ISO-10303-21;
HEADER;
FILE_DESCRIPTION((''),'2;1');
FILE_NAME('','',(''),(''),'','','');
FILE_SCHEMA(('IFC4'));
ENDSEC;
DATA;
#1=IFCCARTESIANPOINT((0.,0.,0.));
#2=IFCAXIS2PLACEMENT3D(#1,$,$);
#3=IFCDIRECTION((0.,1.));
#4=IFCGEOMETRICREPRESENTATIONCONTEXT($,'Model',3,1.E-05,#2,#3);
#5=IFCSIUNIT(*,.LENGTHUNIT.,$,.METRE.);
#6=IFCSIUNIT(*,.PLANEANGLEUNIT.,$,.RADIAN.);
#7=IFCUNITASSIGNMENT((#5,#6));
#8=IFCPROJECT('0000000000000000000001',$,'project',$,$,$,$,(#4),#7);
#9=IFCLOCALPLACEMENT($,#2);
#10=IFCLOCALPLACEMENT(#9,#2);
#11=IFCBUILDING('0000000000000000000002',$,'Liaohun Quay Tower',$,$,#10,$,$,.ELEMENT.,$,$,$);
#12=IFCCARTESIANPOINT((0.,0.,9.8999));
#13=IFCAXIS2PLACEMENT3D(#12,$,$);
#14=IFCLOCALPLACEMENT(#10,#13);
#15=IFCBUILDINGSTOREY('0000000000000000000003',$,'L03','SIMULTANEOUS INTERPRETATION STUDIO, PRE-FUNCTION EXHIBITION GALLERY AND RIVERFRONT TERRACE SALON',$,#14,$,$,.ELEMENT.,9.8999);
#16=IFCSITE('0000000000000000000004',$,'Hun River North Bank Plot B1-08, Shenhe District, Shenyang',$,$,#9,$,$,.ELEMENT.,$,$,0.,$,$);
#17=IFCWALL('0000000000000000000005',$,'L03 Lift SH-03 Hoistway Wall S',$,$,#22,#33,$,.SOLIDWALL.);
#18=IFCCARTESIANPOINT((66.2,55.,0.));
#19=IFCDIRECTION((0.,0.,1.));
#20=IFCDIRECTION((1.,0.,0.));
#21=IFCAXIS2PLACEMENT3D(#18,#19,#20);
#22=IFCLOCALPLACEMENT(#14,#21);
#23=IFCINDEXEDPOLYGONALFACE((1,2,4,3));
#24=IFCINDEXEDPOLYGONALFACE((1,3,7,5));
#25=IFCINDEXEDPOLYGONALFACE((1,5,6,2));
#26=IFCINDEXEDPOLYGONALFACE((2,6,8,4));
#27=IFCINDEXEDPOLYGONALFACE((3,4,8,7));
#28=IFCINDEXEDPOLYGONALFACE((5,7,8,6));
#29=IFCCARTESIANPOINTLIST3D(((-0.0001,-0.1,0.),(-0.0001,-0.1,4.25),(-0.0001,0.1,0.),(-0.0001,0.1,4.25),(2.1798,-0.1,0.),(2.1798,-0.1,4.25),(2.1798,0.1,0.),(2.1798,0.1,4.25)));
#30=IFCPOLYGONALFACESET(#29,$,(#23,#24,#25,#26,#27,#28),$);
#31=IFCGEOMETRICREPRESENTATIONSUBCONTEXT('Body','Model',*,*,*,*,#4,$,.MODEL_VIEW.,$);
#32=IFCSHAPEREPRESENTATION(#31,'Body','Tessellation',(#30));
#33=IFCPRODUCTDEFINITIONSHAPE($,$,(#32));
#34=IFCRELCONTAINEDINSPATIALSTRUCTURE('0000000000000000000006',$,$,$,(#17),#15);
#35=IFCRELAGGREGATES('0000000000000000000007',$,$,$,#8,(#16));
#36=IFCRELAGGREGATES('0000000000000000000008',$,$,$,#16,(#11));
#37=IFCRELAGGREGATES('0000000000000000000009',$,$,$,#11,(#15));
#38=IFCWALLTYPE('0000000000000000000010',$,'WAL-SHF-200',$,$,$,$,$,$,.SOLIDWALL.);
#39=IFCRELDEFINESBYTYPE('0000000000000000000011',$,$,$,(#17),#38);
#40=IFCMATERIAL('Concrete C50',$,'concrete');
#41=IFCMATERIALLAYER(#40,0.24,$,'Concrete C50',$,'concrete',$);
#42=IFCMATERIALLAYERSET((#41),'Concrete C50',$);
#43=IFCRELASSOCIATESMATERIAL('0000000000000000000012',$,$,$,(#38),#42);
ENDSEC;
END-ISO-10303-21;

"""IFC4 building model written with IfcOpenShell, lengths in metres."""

from ifc_helpers import new_model, si_unit, direction, frame, frame_2d, origin, place, context, subcontext, project, spatial, rectangle, extrude, material, layer, layer_set, type_object, element, save


model = new_model("IFC4")

# Units and contexts
model_context = context("Model", 3, precision=1e-05, world=origin(), true_north=direction((0.0, 1.0)))
body_context = subcontext(model_context, "Body", "Model", "MODEL_VIEW")
ifc_project = project(units=[si_unit("LENGTHUNIT", "METRE"), si_unit("PLANEANGLEUNIT", "RADIAN")], contexts=[model_context])

# Site, building, storey
site_placement = place(None, origin())
site = spatial("IfcSite", under=ifc_project, at=site_placement, Name="Hun River North Bank Plot B1-08, Shenhe District, Shenyang", CompositionType="ELEMENT", RefElevation=0.0)
building_placement = place(site_placement, origin())
building = spatial("IfcBuilding", under=site, at=building_placement, Name="Liaohun Quay Tower", CompositionType="ELEMENT")
storey_placement = place(building_placement, frame((0.0, 0.0, 9.8999)))
storey = spatial("IfcBuildingStorey", under=building, at=storey_placement, Name="L03", Description="SIMULTANEOUS INTERPRETATION STUDIO, PRE-FUNCTION EXHIBITION GALLERY AND RIVERFRONT TERRACE SALON", CompositionType="ELEMENT", Elevation=9.8999)

# Shared definitions
ifc_material_1 = material(Name="Concrete C50", Category="concrete")
ifc_layer_1 = layer(ifc_material_1, 0.24, Name="Concrete C50", Category="concrete")
ifc_layer_set_1 = layer_set([ifc_layer_1], Name="Concrete C50")
wall_type_1 = type_object("IfcWallType", Name="WAL-SHF-200", PredefinedType="SOLIDWALL", material=ifc_layer_set_1)

# Wall
wall_1_placement = place(storey_placement, frame((66.2, 55.0, 0.0), z_axis=(0.0, 0.0, 1.0), x_axis=(1.0, 0.0, 0.0)))
element("IfcWall", 1, at=wall_1_placement, inside=storey, type_object=wall_type_1, Name="L03 Lift SH-03 Hoistway Wall S", PredefinedType="SOLIDWALL", context=body_context, shape_type="SweptSolid", body=[
    extrude(rectangle(XDim=2.1799, YDim=0.2, at=frame_2d((1.0898, 0.0))), origin(), (0.0, 0.0, 1.0), 4.25),
])

save(model, "model.ifc")
